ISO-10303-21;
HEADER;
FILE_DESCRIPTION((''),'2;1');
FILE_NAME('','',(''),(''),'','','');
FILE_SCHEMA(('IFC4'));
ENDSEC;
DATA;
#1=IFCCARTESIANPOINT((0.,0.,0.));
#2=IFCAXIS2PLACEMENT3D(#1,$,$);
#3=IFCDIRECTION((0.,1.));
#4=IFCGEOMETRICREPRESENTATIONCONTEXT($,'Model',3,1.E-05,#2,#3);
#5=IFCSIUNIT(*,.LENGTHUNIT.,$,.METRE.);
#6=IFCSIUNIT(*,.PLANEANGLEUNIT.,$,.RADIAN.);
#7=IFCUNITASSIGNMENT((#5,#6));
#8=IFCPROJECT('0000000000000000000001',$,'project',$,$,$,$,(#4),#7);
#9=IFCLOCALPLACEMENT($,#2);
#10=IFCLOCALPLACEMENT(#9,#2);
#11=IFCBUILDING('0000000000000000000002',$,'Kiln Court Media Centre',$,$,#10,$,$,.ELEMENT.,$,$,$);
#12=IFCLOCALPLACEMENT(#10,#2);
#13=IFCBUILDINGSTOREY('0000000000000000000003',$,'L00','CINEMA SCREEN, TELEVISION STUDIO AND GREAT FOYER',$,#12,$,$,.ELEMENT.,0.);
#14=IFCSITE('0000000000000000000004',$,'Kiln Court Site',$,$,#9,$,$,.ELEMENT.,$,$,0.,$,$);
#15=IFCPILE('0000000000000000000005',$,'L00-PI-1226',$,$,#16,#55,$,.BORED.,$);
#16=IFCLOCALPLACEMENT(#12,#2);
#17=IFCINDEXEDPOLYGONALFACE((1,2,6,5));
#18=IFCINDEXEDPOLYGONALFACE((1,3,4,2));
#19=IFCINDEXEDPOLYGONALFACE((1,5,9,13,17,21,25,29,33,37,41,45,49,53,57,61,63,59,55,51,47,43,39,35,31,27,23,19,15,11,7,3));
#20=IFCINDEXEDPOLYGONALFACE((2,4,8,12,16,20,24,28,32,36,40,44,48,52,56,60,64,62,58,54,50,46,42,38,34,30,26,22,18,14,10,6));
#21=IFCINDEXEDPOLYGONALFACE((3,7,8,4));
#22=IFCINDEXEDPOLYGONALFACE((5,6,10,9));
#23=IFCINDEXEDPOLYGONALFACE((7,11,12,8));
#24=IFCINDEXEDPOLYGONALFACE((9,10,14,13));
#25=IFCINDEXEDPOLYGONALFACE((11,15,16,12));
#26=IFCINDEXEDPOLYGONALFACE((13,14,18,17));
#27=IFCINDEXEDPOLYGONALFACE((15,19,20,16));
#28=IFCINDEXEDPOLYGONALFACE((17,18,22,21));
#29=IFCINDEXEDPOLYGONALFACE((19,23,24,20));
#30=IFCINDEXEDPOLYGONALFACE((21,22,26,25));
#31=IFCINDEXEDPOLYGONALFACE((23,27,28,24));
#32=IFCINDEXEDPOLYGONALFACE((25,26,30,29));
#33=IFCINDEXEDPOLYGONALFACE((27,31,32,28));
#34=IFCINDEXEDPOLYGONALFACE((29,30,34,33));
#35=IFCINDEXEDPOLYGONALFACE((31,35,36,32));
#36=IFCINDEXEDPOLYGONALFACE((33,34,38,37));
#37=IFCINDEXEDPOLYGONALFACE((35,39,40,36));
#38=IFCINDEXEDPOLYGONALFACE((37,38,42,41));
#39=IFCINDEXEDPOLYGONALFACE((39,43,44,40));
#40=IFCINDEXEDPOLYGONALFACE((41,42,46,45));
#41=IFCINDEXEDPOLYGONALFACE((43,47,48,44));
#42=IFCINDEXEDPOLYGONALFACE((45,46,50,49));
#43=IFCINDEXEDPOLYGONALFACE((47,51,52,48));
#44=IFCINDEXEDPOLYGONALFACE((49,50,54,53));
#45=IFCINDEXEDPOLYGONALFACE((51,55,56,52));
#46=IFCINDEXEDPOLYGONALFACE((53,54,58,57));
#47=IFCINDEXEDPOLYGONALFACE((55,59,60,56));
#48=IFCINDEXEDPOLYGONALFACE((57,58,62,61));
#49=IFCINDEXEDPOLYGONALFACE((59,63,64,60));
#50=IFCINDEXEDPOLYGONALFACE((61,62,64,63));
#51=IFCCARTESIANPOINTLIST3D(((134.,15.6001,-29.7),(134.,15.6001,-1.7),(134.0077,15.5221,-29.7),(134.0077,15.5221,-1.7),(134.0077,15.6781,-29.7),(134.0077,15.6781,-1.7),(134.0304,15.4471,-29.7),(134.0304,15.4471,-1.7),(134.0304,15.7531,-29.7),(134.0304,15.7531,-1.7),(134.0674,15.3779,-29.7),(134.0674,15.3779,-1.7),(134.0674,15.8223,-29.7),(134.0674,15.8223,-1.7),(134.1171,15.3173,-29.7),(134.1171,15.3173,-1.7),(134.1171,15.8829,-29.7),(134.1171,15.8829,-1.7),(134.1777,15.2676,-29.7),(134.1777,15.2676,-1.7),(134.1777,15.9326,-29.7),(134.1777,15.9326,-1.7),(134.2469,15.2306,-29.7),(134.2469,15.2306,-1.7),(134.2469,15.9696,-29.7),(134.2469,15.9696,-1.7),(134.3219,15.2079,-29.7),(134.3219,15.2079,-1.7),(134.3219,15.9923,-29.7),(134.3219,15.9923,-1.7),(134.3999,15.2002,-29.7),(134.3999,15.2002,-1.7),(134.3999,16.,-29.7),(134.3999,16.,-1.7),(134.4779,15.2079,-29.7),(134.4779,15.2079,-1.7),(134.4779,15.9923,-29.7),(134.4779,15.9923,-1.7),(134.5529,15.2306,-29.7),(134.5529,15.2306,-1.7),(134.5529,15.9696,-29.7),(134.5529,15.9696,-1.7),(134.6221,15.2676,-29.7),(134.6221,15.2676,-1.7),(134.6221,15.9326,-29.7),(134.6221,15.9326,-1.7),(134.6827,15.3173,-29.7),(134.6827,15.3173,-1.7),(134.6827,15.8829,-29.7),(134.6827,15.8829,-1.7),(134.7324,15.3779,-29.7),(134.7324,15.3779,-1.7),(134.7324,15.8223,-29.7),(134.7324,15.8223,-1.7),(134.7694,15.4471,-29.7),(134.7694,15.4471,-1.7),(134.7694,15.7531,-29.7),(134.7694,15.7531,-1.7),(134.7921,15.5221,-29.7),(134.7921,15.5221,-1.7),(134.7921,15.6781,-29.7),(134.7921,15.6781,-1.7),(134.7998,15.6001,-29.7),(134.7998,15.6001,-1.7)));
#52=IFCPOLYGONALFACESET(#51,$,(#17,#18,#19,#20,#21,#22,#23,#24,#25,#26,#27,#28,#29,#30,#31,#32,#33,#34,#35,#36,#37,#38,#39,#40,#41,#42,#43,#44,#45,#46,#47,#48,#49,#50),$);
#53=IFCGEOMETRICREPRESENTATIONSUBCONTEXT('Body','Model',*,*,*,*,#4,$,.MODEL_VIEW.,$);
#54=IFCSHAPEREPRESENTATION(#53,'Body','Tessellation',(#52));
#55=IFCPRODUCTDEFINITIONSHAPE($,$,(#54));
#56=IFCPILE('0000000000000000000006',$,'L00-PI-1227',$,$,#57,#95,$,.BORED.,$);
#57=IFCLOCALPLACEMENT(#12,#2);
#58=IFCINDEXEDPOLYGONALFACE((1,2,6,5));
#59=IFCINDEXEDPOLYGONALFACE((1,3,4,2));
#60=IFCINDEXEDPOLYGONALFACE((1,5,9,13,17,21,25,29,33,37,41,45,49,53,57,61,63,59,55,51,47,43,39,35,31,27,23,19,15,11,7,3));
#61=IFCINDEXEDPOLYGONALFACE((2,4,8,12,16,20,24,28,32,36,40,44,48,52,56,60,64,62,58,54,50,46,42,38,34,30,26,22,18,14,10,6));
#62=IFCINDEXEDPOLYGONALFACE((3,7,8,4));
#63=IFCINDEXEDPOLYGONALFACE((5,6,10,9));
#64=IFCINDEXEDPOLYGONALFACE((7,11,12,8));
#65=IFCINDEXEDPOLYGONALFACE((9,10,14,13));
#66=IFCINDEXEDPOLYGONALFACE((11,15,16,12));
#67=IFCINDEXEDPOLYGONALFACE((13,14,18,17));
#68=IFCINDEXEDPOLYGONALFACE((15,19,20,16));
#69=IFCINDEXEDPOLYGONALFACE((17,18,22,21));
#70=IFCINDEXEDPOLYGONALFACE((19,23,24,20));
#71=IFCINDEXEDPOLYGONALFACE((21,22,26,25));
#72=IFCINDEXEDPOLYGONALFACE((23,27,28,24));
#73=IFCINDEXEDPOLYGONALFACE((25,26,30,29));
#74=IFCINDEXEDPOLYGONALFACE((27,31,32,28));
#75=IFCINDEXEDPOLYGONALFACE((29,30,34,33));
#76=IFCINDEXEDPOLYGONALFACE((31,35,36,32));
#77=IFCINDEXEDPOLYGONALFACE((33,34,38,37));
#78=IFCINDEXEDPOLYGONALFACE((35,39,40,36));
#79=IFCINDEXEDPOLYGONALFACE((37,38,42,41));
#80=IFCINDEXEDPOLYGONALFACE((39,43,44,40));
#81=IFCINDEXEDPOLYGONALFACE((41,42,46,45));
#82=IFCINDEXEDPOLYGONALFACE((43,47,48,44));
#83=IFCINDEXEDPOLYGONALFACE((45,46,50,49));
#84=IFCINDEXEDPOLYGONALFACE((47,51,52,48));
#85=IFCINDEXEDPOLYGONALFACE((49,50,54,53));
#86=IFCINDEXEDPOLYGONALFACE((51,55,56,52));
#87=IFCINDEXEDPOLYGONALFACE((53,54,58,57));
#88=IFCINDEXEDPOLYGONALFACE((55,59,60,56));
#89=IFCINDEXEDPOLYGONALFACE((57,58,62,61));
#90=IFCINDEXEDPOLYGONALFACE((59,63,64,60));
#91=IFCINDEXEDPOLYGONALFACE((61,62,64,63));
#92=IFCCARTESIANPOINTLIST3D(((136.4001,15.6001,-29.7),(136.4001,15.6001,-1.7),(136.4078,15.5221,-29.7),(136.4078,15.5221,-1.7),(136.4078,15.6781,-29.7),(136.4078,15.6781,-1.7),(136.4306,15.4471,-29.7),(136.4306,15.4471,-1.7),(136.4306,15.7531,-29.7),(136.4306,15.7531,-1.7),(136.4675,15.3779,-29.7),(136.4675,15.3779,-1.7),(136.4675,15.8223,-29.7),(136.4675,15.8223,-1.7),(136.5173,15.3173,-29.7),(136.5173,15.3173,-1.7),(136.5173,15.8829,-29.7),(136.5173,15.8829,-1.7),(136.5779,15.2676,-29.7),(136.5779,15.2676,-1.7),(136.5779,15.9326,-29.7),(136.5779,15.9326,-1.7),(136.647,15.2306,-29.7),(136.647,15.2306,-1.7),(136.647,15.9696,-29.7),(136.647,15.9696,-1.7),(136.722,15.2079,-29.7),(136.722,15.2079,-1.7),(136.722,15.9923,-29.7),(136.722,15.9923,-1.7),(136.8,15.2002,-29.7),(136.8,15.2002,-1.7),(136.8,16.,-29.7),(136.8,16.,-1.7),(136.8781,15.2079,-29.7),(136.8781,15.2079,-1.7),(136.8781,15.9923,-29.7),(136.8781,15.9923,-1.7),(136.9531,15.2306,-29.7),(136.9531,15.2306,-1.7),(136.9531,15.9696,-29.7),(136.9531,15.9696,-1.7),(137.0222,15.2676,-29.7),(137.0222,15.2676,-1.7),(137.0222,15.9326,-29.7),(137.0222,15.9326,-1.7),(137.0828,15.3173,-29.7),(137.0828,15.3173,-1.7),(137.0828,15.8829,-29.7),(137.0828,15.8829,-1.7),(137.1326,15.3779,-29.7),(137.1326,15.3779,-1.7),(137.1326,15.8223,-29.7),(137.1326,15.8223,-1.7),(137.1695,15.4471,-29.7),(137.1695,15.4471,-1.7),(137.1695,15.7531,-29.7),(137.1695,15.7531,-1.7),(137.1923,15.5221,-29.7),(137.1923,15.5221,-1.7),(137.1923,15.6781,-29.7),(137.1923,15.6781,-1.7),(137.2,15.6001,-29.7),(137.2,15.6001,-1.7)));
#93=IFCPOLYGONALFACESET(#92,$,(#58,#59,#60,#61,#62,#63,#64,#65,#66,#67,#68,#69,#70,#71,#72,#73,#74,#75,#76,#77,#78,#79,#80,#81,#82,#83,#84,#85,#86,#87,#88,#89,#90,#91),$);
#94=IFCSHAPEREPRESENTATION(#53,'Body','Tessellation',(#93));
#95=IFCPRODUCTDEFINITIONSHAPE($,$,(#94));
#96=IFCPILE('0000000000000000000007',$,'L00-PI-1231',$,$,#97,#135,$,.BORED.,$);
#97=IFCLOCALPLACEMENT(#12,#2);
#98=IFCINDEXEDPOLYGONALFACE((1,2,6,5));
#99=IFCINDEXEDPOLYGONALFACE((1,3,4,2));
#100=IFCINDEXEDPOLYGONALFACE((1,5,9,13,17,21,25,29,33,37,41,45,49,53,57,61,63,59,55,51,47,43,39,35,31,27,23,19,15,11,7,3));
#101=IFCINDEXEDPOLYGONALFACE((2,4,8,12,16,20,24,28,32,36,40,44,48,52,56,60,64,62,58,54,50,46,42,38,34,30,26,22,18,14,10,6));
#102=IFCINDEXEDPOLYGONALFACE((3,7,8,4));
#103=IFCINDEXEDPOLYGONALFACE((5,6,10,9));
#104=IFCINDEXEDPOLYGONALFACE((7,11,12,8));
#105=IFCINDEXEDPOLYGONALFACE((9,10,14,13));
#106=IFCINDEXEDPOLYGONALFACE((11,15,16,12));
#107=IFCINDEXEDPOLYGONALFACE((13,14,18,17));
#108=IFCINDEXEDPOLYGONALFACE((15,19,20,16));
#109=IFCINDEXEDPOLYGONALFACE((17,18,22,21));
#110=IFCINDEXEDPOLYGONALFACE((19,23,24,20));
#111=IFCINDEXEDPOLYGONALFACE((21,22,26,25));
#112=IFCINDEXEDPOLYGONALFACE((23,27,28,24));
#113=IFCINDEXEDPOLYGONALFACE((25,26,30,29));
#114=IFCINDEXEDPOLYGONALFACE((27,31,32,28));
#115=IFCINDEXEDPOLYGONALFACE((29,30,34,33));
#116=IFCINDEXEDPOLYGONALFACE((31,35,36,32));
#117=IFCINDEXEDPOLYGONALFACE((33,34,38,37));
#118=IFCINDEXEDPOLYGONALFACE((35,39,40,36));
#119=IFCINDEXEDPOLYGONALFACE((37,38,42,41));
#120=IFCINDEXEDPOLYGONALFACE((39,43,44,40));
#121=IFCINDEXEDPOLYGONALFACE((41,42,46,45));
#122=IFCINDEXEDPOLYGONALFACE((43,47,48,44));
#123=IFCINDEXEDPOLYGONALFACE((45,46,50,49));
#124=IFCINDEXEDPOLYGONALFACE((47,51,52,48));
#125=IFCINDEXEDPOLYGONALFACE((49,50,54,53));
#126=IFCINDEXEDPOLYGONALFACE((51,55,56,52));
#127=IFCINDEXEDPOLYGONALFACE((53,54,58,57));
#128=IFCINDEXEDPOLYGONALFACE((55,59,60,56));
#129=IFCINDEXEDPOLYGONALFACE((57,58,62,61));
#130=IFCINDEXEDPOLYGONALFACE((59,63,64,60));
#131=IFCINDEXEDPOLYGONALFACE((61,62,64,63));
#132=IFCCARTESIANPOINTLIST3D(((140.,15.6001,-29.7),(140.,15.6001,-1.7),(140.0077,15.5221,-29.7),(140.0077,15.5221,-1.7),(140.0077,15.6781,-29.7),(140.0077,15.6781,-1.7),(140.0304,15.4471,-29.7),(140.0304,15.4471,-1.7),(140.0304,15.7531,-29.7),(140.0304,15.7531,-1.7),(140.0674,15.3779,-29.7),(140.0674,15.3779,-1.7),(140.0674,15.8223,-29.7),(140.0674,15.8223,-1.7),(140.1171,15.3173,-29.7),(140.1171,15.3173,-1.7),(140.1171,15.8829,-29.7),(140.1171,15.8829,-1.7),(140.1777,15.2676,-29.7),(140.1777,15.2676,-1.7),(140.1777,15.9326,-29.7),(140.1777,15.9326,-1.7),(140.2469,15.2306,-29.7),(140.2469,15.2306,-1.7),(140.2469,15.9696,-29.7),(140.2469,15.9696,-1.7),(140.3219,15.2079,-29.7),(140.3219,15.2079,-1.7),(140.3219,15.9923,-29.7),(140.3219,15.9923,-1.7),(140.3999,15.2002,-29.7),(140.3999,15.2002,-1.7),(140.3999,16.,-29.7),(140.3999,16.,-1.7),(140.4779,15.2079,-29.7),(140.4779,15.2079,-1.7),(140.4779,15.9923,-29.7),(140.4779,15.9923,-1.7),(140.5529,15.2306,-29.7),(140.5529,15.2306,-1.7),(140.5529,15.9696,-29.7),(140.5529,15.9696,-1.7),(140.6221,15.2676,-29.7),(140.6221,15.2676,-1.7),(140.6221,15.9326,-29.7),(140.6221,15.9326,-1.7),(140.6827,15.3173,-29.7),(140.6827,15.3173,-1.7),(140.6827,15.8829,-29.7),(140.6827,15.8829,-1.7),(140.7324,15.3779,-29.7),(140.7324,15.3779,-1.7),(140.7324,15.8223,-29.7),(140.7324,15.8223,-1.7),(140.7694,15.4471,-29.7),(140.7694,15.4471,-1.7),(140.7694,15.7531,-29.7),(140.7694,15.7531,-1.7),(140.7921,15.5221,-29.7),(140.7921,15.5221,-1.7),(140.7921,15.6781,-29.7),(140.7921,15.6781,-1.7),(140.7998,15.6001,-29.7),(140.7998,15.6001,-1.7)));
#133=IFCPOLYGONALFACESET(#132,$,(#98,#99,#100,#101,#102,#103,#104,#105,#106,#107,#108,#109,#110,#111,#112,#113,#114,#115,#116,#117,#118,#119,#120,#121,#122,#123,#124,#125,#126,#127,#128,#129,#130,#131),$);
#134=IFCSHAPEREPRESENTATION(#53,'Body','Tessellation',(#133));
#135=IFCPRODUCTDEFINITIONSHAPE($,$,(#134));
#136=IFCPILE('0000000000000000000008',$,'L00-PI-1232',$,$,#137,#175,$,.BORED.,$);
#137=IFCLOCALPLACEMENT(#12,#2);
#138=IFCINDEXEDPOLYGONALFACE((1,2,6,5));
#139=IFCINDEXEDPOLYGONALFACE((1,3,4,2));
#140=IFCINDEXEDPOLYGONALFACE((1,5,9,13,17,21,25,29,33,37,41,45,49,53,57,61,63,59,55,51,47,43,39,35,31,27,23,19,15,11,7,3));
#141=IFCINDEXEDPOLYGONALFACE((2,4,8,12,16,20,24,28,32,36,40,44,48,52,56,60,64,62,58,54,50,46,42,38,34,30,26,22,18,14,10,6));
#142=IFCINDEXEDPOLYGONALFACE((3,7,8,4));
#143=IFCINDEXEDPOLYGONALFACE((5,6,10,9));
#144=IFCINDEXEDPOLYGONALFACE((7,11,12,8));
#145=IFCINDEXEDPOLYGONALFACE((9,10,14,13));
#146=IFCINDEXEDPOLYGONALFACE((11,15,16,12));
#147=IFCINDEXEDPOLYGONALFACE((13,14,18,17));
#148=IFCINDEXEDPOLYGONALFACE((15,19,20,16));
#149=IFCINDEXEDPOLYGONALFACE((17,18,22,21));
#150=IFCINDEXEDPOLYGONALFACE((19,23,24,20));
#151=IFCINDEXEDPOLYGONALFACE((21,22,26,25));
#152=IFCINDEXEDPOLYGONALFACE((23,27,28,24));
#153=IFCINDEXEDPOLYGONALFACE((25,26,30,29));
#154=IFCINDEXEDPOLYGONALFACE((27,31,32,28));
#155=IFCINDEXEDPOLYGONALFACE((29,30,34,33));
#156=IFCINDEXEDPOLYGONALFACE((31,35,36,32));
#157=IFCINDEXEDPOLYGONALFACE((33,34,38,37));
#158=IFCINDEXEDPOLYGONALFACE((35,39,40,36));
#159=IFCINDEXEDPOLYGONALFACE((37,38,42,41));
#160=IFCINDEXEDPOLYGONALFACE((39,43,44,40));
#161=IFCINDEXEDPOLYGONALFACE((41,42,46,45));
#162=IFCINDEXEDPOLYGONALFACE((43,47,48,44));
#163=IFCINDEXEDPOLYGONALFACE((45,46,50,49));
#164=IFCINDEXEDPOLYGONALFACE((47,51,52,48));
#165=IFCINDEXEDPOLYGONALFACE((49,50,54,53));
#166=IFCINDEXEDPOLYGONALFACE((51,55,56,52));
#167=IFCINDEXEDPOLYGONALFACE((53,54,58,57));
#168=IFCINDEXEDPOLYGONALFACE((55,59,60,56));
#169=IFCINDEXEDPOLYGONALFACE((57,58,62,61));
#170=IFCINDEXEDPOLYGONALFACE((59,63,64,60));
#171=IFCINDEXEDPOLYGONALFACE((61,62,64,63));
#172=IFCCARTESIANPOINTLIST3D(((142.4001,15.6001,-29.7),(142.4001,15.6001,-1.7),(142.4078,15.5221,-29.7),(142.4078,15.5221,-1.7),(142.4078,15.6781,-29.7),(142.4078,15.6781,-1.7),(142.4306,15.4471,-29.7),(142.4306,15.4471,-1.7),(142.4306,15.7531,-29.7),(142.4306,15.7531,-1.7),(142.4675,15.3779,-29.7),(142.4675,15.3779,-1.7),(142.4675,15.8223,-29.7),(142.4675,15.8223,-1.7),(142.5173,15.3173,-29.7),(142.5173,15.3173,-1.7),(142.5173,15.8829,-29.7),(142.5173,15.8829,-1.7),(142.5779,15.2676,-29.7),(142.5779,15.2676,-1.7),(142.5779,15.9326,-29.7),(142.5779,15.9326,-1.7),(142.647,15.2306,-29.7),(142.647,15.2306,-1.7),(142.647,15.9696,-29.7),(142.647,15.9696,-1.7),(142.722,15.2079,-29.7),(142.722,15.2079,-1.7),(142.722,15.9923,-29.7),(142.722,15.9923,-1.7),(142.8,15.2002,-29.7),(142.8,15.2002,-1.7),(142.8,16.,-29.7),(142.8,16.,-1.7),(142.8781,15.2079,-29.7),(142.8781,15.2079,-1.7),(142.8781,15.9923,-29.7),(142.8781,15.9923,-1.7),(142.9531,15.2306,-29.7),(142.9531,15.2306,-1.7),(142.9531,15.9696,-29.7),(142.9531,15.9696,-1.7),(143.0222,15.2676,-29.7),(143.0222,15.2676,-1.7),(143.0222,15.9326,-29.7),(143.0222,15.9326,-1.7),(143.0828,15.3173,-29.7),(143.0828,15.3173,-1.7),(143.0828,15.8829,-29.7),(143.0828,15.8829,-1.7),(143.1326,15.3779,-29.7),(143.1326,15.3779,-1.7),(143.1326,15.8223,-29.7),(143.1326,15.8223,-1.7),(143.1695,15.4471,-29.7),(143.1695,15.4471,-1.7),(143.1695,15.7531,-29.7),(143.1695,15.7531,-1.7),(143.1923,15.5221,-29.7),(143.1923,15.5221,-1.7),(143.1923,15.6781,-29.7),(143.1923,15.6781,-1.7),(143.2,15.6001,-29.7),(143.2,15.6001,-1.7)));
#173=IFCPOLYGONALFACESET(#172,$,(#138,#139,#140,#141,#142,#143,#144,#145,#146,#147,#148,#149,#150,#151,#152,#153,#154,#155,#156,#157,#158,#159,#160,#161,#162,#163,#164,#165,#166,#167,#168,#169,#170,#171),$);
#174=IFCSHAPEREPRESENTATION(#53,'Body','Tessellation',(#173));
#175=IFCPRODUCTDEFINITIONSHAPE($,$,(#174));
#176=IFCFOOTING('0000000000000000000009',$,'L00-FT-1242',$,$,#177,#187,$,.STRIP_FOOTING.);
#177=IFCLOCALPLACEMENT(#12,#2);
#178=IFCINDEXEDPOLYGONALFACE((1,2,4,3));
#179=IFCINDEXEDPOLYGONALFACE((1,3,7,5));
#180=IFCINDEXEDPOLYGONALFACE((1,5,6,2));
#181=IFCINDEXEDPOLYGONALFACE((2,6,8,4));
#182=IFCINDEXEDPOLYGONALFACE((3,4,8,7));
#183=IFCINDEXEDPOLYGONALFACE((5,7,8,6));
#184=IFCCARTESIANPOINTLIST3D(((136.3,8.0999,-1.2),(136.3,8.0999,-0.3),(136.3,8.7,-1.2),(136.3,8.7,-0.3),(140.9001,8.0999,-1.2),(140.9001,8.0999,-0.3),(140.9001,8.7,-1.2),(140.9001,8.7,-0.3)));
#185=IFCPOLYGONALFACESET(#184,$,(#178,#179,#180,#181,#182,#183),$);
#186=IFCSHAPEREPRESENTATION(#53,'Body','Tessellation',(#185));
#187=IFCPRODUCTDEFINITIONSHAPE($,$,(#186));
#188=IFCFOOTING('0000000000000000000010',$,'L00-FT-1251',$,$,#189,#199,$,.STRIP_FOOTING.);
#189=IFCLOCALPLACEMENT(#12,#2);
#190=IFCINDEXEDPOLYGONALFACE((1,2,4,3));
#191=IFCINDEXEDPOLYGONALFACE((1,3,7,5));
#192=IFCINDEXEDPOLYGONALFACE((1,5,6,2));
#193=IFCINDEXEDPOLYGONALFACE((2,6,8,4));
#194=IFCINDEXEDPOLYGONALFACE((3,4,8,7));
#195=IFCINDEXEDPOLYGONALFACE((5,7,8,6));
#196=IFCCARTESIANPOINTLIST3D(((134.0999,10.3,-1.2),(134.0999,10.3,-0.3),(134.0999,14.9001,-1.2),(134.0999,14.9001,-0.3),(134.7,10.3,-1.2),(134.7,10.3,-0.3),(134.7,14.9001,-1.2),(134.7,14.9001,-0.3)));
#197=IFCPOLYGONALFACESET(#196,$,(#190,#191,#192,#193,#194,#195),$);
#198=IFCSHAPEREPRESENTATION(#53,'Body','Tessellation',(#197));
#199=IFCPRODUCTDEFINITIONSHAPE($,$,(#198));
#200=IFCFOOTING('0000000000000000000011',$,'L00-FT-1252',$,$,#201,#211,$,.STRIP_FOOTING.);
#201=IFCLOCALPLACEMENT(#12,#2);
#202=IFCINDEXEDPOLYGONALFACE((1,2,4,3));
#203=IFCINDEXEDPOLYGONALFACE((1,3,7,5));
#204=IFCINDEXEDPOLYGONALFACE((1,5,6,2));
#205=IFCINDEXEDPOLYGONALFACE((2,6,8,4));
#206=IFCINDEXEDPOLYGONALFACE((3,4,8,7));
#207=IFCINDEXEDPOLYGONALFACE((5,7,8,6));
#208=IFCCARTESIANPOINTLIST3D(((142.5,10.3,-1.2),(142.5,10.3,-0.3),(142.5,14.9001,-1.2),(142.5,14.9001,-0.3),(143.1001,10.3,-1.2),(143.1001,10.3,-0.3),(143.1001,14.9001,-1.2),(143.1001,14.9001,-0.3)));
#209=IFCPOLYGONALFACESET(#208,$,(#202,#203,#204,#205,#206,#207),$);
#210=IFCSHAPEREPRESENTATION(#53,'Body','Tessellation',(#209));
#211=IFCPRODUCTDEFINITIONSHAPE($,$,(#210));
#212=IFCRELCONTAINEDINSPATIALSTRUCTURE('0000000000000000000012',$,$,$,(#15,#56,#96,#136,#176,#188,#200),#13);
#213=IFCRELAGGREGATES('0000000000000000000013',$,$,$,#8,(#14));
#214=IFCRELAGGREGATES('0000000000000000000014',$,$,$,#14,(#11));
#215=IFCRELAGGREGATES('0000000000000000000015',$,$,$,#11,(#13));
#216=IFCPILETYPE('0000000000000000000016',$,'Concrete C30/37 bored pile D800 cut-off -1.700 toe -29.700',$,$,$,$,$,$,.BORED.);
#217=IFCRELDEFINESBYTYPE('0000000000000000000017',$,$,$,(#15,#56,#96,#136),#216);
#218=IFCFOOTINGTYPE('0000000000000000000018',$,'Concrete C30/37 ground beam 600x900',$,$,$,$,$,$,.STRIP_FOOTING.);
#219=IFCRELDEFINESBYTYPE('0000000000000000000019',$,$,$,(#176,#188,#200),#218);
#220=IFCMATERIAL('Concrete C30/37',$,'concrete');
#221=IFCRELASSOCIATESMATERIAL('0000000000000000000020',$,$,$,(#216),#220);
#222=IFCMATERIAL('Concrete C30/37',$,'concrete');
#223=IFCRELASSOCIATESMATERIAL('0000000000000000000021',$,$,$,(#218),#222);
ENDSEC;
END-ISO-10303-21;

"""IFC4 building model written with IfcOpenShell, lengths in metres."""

from ifc_helpers import new_model, si_unit, direction, frame, origin, origin_2d, place, context, subcontext, project, spatial, rectangle, circle, extrude, material, material_profile, profile_set, type_object, element, save


model = new_model("IFC4")

# Units and contexts
model_context = context("Model", 3, precision=1e-05, world=origin(), true_north=direction((0.0, 1.0)))
body_context = subcontext(model_context, "Body", "Model", "MODEL_VIEW")
ifc_project = project(units=[si_unit("LENGTHUNIT", "METRE"), si_unit("PLANEANGLEUNIT", "RADIAN")], contexts=[model_context])

# Site, building, storey
site_placement = place(None, origin())
site = spatial("IfcSite", under=ifc_project, at=site_placement, Name="Kiln Court Site", CompositionType="ELEMENT", RefElevation=0.0)
building_placement = place(site_placement, origin())
building = spatial("IfcBuilding", under=site, at=building_placement, Name="Kiln Court Media Centre", CompositionType="ELEMENT")
storey_placement = place(building_placement, origin())
storey = spatial("IfcBuildingStorey", under=building, at=storey_placement, Name="L00", Description="CINEMA SCREEN, TELEVISION STUDIO AND GREAT FOYER", CompositionType="ELEMENT", Elevation=0.0)

# Piles
ifc_material_1 = material(Name="Concrete C30/37", Category="concrete")
ifc_material_profile_1 = material_profile(ifc_material_1, circle(Radius=0.3999, at=origin_2d()), Name="PILE D800")
ifc_profile_set_1 = profile_set([ifc_material_profile_1], Name="Concrete C30/37")
pile_type_1 = type_object("IfcPileType", Name="Concrete C30/37 bored pile D800 cut-off -1.700 toe -29.700", PredefinedType="BORED", material=ifc_profile_set_1)
for number, where, z_axis, x_axis, name in (
    (1, (134.3999, 15.6001, -1.7), (0.0, 0.0, -1.0), (1.0, 0.0, 0.0), "L00-PI-1226"),
    (2, (136.8, 15.6001, -1.7), (0.0, 0.0, -1.0), (1.0, 0.0, 0.0), "L00-PI-1227"),
    (3, (140.3999, 15.6001, -1.7), (0.0, 0.0, -1.0), (1.0, 0.0, 0.0), "L00-PI-1231"),
    (4, (142.8, 15.6001, -1.7), (0.0, 0.0, -1.0), (1.0, 0.0, 0.0), "L00-PI-1232"),
):
    element("IfcPile", number, at=place(storey_placement, frame(where, z_axis=z_axis, x_axis=x_axis)), inside=storey, type_object=pile_type_1, Name=name, PredefinedType="BORED", context=body_context, shape_type="SweptSolid", body=[
        extrude(circle(Radius=0.3999, at=origin_2d()), origin(), (0.0, 0.0, 1.0), 28.0),
    ])

# Footings
ifc_material_2 = material(Name="Concrete C30/37", Category="concrete")
footing_type_1 = type_object("IfcFootingType", Name="Concrete C30/37 ground beam 600x900", PredefinedType="STRIP_FOOTING", material=ifc_material_2)
footing_1_placement = place(storey_placement, frame((138.6001, 8.3999, -1.2), z_axis=(0.0, 0.0, 1.0), x_axis=(1.0, 0.0, 0.0)))
element("IfcFooting", 5, at=footing_1_placement, inside=storey, type_object=footing_type_1, Name="L00-FT-1242", PredefinedType="STRIP_FOOTING", context=body_context, shape_type="SweptSolid", body=[
    extrude(rectangle(XDim=4.6001, YDim=0.6001, at=origin_2d()), origin(), (0.0, 0.0, 1.0), 0.8999),
])
for number, where, z_axis, x_axis, name in (
    (6, (134.3999, 12.6001, -1.2), (0.0, 0.0, 1.0), (1.0, 0.0, 0.0), "L00-FT-1251"),
    (7, (142.8, 12.6001, -1.2), (0.0, 0.0, 1.0), (1.0, 0.0, 0.0), "L00-FT-1252"),
):
    element("IfcFooting", number, at=place(storey_placement, frame(where, z_axis=z_axis, x_axis=x_axis)), inside=storey, type_object=footing_type_1, Name=name, PredefinedType="STRIP_FOOTING", context=body_context, shape_type="SweptSolid", body=[
        extrude(rectangle(XDim=0.6001, YDim=4.6001, at=origin_2d()), origin(), (0.0, 0.0, 1.0), 0.8999),
    ])

save(model, "model.ifc")
